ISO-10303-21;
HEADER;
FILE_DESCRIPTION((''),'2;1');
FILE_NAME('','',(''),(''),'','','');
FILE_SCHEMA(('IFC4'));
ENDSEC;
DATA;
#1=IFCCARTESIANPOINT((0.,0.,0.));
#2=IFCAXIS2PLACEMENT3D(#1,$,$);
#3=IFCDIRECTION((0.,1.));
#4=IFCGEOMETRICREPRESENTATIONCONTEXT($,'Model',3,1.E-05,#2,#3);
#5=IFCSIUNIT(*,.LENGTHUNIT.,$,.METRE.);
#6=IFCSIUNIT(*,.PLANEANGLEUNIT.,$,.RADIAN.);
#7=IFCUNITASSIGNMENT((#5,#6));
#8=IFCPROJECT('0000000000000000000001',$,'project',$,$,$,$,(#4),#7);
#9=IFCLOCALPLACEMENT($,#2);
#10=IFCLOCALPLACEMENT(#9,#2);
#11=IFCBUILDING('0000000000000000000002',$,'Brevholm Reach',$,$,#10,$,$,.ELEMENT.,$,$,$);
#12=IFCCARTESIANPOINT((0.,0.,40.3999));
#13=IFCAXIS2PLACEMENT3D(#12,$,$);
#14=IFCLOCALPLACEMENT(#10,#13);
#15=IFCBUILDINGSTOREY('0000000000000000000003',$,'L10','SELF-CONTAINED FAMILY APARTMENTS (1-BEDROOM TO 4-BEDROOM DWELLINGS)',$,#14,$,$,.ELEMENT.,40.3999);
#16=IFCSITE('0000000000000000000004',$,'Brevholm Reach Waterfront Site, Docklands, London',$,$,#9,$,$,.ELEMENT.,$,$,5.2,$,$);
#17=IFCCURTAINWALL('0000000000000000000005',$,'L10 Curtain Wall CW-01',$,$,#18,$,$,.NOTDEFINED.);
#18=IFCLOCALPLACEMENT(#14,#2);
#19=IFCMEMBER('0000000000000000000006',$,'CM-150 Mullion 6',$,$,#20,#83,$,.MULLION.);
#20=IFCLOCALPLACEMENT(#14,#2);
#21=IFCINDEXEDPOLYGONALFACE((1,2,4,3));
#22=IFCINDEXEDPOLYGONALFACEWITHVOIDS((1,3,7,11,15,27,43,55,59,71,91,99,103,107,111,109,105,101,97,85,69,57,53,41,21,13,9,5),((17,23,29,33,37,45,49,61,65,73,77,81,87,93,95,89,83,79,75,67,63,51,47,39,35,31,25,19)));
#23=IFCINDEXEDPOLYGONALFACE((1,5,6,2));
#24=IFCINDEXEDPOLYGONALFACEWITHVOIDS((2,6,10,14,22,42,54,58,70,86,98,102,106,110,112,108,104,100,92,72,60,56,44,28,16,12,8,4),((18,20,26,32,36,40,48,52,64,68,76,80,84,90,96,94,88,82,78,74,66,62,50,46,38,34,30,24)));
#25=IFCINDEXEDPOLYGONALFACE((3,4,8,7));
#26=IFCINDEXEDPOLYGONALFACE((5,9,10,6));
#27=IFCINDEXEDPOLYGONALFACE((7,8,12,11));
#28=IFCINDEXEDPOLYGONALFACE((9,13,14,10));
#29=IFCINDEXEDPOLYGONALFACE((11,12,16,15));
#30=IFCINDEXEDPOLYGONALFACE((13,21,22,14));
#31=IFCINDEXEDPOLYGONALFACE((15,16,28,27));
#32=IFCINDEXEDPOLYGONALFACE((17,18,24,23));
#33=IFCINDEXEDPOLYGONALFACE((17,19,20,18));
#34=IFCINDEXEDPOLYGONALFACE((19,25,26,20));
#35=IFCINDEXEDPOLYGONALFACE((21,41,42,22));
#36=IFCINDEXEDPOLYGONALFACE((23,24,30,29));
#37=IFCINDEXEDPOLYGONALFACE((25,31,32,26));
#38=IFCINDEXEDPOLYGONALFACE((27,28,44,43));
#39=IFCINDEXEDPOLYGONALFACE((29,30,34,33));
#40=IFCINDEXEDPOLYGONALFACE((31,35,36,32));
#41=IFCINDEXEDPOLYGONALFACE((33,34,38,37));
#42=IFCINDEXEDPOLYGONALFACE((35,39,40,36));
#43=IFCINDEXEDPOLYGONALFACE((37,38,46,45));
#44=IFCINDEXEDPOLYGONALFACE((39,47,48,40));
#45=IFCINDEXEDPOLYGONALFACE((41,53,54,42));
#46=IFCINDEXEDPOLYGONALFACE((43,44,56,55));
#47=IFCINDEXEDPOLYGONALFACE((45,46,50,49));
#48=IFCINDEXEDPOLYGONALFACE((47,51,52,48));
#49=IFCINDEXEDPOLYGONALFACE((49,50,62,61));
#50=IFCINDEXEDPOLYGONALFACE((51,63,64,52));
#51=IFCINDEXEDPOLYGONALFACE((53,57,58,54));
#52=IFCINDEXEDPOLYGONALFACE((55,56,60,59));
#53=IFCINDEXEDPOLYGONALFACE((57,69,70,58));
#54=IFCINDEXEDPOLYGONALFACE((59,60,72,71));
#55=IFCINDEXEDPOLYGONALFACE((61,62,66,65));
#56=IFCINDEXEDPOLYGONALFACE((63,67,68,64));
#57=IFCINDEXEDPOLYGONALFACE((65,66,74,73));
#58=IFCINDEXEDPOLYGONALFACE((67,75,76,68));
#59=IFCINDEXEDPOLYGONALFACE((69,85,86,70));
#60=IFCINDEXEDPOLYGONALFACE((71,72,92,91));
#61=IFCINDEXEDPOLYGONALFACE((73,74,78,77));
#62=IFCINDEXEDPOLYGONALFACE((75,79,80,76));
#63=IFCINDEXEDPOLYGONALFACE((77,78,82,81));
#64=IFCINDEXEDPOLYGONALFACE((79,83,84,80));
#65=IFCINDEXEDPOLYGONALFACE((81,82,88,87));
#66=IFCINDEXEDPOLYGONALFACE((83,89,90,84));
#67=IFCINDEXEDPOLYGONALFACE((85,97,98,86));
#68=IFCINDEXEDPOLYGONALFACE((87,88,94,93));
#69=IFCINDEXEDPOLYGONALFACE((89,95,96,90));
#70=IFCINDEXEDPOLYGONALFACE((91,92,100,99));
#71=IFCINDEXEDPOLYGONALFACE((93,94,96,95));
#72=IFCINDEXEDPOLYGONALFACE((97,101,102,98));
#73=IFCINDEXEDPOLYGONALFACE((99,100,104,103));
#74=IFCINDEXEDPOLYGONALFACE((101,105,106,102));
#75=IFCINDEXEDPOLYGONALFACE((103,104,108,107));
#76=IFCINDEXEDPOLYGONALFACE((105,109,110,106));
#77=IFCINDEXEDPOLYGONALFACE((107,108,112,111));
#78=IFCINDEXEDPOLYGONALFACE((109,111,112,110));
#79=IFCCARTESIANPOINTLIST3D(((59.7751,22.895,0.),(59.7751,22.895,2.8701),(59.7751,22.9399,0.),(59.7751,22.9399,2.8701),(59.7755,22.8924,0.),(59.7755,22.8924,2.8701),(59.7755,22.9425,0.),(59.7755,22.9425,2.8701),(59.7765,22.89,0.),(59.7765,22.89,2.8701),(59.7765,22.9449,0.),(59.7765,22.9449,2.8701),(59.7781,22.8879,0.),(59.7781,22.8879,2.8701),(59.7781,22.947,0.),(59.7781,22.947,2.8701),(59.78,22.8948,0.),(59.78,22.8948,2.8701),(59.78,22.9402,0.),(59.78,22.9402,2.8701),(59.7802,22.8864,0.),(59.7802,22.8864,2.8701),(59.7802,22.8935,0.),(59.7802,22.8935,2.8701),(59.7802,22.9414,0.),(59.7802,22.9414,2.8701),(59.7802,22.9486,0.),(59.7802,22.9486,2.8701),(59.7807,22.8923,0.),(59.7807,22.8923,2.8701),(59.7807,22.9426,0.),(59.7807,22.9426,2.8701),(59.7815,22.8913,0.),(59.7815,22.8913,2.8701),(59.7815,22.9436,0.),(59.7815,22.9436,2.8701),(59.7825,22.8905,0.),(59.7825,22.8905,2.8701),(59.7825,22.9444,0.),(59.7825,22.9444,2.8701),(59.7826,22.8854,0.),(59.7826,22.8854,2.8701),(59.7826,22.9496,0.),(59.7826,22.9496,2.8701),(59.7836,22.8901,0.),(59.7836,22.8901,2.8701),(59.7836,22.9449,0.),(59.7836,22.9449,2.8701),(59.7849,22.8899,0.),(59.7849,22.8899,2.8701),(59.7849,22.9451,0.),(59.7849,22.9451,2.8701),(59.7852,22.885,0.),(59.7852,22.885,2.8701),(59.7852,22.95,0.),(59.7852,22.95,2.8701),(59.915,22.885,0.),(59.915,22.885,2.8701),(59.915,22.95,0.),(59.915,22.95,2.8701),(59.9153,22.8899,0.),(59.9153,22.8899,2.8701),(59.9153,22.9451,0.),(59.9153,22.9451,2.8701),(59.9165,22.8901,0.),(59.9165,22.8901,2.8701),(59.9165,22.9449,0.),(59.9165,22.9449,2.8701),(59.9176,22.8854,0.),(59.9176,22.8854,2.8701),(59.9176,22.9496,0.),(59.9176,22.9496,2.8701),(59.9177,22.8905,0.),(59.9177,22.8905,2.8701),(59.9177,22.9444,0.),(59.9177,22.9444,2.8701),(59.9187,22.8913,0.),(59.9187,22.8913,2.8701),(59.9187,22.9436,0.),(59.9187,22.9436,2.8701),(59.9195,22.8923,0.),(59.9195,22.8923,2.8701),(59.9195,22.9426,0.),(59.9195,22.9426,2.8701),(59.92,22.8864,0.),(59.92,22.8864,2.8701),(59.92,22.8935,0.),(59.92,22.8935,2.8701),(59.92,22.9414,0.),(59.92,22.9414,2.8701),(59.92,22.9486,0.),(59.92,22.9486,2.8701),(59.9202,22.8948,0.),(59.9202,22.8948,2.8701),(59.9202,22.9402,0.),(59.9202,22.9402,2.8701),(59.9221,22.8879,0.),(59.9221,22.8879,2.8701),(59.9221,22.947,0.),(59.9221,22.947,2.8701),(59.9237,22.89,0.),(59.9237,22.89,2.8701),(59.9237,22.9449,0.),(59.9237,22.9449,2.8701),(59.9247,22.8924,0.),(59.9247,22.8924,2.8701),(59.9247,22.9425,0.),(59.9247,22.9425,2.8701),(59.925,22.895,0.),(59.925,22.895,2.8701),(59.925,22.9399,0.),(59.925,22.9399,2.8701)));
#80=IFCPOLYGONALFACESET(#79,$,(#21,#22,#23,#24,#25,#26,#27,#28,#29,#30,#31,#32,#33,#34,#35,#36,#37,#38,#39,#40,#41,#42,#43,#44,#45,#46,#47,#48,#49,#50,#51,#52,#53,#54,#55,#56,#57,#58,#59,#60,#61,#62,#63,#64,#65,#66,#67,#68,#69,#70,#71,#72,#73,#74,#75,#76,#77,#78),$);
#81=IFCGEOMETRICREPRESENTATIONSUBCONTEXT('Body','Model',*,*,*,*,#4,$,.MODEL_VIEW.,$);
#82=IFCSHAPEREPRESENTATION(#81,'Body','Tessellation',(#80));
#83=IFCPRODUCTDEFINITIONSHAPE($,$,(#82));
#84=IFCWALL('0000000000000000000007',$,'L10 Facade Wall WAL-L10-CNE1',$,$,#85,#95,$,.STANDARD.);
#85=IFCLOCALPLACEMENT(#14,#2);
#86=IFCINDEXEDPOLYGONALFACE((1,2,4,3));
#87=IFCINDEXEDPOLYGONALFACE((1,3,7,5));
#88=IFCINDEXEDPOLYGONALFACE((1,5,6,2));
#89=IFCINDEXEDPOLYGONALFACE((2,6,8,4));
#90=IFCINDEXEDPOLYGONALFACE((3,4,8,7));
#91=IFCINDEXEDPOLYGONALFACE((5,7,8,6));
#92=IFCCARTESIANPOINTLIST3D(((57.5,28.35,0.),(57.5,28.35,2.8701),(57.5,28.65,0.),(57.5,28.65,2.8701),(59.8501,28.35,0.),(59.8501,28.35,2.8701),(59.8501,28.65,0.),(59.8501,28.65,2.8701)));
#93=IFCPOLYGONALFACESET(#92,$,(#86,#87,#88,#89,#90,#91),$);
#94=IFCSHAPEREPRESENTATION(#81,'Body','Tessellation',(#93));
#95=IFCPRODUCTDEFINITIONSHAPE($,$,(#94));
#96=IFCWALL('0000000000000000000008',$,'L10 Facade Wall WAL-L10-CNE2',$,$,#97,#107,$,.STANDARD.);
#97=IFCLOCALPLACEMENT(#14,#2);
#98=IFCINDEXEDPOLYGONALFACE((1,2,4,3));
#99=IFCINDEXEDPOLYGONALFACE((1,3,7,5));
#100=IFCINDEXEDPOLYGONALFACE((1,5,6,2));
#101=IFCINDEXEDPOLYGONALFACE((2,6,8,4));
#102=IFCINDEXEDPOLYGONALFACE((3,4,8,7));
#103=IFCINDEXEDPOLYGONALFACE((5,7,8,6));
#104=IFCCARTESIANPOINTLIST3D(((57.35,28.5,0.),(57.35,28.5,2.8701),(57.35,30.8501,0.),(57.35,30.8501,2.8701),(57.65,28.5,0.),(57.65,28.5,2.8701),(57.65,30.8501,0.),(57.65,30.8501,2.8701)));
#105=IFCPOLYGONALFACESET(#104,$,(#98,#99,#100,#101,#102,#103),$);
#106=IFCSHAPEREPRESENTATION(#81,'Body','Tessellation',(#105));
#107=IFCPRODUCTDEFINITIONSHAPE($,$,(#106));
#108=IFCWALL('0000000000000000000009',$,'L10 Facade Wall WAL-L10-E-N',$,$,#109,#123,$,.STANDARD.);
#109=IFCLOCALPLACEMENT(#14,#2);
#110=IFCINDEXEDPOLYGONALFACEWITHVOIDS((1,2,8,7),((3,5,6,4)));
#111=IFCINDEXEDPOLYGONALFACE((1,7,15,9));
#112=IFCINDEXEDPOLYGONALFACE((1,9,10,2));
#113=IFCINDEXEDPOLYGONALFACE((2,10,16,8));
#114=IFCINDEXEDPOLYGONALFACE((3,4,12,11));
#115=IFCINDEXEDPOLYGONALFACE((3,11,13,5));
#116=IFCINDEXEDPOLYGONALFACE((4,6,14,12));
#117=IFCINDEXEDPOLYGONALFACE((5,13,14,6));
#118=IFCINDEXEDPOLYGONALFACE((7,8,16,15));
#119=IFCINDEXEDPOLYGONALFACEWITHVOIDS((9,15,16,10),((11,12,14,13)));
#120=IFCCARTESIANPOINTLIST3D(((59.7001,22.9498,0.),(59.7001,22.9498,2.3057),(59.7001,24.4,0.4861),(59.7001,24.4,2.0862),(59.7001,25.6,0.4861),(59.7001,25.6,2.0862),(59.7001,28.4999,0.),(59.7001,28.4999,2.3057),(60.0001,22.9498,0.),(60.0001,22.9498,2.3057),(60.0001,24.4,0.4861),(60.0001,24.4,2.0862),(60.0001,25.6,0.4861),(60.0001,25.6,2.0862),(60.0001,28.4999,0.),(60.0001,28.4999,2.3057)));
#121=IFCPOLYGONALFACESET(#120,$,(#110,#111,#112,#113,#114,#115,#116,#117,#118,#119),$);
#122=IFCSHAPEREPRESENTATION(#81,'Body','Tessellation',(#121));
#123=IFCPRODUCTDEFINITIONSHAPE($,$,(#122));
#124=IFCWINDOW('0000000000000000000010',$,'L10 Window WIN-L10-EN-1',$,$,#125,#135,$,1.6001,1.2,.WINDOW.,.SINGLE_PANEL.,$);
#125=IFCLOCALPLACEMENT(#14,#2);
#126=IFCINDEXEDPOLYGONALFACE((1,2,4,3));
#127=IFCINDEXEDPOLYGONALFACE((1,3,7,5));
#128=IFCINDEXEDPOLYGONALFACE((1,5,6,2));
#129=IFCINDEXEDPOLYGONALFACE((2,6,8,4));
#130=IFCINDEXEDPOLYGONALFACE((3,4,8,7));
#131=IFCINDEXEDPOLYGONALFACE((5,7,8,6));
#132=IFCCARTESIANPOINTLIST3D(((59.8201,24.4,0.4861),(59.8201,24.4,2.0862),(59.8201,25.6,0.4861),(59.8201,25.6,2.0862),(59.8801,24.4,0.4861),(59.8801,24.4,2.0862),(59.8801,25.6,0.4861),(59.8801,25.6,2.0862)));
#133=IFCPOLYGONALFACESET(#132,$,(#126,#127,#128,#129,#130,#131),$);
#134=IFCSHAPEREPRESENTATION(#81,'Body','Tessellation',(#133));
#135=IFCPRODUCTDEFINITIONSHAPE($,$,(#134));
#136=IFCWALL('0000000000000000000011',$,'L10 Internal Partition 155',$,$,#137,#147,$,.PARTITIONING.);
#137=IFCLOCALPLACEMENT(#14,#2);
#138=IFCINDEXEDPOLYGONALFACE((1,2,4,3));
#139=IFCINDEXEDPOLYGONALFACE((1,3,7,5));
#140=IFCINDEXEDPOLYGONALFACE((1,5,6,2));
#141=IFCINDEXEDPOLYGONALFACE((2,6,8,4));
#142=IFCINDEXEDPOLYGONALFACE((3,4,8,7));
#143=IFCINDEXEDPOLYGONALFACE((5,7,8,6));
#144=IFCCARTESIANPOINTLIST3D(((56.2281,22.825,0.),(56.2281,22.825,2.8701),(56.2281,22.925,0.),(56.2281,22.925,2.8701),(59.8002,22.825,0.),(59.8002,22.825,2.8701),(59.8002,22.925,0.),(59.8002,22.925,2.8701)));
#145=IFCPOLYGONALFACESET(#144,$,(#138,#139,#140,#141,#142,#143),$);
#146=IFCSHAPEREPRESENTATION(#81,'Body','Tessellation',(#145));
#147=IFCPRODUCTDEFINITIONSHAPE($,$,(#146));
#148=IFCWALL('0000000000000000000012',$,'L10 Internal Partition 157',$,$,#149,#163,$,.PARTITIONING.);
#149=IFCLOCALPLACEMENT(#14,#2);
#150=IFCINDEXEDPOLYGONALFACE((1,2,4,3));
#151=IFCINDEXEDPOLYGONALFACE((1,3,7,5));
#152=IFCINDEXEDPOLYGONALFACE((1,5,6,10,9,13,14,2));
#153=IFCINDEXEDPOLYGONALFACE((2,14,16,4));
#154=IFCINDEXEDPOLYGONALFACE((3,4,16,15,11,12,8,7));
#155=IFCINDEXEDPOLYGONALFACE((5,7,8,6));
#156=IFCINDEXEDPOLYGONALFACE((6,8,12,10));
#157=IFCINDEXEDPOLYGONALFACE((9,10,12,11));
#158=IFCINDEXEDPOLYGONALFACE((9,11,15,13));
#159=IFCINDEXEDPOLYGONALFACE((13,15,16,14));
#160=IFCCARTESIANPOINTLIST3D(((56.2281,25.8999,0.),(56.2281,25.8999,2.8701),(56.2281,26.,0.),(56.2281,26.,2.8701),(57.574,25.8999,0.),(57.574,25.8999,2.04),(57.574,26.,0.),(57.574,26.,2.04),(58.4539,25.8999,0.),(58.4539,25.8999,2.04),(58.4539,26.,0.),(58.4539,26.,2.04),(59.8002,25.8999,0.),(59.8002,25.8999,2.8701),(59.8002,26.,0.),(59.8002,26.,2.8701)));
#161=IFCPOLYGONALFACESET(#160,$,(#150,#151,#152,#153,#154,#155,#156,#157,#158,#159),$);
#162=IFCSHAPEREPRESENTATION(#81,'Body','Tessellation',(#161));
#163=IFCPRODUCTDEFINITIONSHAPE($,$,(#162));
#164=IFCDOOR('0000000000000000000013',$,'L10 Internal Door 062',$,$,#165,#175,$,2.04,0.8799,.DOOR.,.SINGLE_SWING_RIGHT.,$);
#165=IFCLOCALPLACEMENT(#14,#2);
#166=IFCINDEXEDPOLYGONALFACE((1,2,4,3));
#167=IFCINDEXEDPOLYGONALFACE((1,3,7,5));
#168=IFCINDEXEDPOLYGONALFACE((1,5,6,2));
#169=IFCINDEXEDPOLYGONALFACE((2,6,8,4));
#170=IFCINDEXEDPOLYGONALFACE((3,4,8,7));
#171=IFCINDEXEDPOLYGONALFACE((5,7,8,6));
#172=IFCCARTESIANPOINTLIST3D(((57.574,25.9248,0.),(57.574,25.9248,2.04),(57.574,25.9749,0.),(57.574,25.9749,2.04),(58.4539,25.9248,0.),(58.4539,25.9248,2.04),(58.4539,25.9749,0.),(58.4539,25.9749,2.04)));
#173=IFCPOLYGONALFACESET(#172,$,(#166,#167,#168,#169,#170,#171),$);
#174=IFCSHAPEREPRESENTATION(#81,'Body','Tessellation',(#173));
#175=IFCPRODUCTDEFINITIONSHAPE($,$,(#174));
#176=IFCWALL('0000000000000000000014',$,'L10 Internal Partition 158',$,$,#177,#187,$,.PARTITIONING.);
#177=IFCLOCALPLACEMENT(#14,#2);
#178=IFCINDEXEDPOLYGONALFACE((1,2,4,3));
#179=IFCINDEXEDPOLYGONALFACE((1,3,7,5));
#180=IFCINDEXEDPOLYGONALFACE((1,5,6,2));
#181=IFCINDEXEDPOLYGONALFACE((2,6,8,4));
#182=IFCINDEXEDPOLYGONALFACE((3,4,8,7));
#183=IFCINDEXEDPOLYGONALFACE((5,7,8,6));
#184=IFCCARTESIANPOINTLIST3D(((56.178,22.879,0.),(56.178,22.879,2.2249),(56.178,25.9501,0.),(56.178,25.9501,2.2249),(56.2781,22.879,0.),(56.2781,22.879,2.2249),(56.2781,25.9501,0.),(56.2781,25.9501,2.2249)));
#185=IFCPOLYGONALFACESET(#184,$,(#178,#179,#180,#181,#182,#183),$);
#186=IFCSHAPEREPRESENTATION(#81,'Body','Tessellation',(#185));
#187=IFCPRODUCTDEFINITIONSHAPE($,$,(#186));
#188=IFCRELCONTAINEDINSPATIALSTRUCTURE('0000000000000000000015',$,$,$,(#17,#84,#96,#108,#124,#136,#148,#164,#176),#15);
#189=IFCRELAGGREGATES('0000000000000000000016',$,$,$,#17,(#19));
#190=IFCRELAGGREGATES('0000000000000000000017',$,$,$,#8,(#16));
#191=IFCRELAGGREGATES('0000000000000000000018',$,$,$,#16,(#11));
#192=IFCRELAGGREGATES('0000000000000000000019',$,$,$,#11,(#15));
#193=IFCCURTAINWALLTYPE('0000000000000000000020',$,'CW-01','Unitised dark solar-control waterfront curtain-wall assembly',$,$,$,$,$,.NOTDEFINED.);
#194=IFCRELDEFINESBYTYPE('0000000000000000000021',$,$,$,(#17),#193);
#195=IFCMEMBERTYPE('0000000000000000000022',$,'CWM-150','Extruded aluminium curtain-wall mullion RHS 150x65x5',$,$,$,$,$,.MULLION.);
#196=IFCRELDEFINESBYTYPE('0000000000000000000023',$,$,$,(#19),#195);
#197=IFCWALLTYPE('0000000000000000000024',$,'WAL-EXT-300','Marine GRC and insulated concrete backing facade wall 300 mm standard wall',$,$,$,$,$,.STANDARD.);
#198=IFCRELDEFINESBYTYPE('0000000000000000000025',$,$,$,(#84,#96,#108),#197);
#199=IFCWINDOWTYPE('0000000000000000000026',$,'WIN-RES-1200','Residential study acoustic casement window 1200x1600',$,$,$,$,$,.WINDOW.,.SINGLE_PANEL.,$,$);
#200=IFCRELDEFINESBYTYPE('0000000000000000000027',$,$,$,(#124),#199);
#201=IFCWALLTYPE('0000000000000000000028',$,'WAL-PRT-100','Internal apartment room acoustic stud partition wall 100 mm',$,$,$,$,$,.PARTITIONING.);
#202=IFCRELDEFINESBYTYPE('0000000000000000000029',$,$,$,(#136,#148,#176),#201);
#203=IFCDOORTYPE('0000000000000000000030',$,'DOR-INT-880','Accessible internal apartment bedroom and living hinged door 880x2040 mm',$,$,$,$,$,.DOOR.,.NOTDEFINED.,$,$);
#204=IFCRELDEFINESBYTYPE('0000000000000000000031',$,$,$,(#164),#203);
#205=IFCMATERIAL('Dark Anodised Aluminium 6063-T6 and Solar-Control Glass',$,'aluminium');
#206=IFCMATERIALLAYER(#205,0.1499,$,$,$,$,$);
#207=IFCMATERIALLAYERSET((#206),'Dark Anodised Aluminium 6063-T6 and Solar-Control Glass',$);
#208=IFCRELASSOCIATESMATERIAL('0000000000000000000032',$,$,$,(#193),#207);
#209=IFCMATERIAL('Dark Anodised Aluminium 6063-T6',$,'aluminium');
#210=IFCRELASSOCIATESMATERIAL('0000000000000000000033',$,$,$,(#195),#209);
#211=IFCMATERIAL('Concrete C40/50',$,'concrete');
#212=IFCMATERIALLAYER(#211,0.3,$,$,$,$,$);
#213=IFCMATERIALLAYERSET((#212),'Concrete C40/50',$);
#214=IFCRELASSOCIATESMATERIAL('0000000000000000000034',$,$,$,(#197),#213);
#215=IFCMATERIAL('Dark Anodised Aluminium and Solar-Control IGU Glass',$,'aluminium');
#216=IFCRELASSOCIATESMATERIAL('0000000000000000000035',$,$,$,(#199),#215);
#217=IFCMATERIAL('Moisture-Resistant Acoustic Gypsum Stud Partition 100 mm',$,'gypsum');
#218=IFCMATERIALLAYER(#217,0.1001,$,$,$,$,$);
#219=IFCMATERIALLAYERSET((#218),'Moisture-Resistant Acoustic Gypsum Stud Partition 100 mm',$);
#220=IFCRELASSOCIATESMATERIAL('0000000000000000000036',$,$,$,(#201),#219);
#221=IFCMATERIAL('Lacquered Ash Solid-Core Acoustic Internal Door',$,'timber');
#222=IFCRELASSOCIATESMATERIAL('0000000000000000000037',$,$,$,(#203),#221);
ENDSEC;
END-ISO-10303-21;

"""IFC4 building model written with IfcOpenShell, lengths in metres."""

from ifc_helpers import new_model, si_unit, direction, frame, frame_2d, origin, origin_2d, place, context, subcontext, project, spatial, rectangle, hollow_rectangle, extrude, material, layer, layer_set, material_profile, profile_set, type_object, element, fill, aggregate, save


model = new_model("IFC4")

# Units and contexts
model_context = context("Model", 3, precision=1e-05, world=origin(), true_north=direction((0.0, 1.0)))
body_context = subcontext(model_context, "Body", "Model", "MODEL_VIEW")
ifc_project = project(units=[si_unit("LENGTHUNIT", "METRE"), si_unit("PLANEANGLEUNIT", "RADIAN")], contexts=[model_context])

# Site, building, storey
site_placement = place(None, origin())
site = spatial("IfcSite", under=ifc_project, at=site_placement, Name="Brevholm Reach Waterfront Site, Docklands, London", CompositionType="ELEMENT", RefElevation=5.2)
building_placement = place(site_placement, origin())
building = spatial("IfcBuilding", under=site, at=building_placement, Name="Brevholm Reach", CompositionType="ELEMENT")
storey_placement = place(building_placement, frame((0.0, 0.0, 40.3999)))
storey = spatial("IfcBuildingStorey", under=building, at=storey_placement, Name="L10", Description="SELF-CONTAINED FAMILY APARTMENTS (1-BEDROOM TO 4-BEDROOM DWELLINGS)", CompositionType="ELEMENT", Elevation=40.3999)

# Curtain wall, member
ifc_material_1 = material(Name="Dark Anodised Aluminium 6063-T6 and Solar-Control Glass", Category="aluminium")
ifc_layer_1 = layer(ifc_material_1, 0.1499)
ifc_layer_set_1 = layer_set([ifc_layer_1], Name="Dark Anodised Aluminium 6063-T6 and Solar-Control Glass")
curtain_wall_type = type_object("IfcCurtainWallType", Name="CW-01", Description="Unitised dark solar-control waterfront curtain-wall assembly", PredefinedType="NOTDEFINED", material=ifc_layer_set_1)
curtain_wall_placement = place(storey_placement, origin())
curtain_wall = element("IfcCurtainWall", 1, at=curtain_wall_placement, inside=storey, type_object=curtain_wall_type, Name="L10 Curtain Wall CW-01", PredefinedType="NOTDEFINED")
ifc_material_2 = material(Name="Dark Anodised Aluminium 6063-T6", Category="aluminium")
ifc_material_profile_1 = material_profile(ifc_material_2, hollow_rectangle(XDim=0.0649, YDim=0.1499, WallThickness=0.0049, InnerFilletRadius=0.0049, OuterFilletRadius=0.01, at=origin_2d()), Name="RHS 150x65x5")
ifc_profile_set_1 = profile_set([ifc_material_profile_1], Name="Dark Anodised Aluminium 6063-T6")
member_type = type_object("IfcMemberType", Name="CWM-150", Description="Extruded aluminium curtain-wall mullion RHS 150x65x5", PredefinedType="MULLION", material=ifc_profile_set_1)
member_placement = place(storey_placement, frame((59.8501, 22.9175, 0.0), z_axis=(0.0, 0.0, 1.0), x_axis=(0.0, 1.0, 0.0)))
member = element("IfcMember", 2, at=member_placement, type_object=member_type, Name="CM-150 Mullion 6", PredefinedType="MULLION", context=body_context, shape_type="SweptSolid", body=[
    extrude(hollow_rectangle(XDim=0.0649, YDim=0.1499, WallThickness=0.0049, InnerFilletRadius=0.0049, OuterFilletRadius=0.01, at=origin_2d()), origin(), (0.0, 0.0, 1.0), 2.8701),
])
aggregate(curtain_wall, [member])

# Walls
ifc_material_3 = material(Name="Concrete C40/50", Category="concrete")
ifc_layer_2 = layer(ifc_material_3, 0.3)
ifc_layer_set_2 = layer_set([ifc_layer_2], Name="Concrete C40/50")
wall_type_1 = type_object("IfcWallType", Name="WAL-EXT-300", Description="Marine GRC and insulated concrete backing facade wall 300 mm standard wall", PredefinedType="STANDARD", material=ifc_layer_set_2)
for number, where, z_axis, x_axis, name in (
    (3, (59.8501, 28.5, 0.0), (0.0, 0.0, 1.0), (-1.0, 0.0, 0.0), "L10 Facade Wall WAL-L10-CNE1"),
    (4, (57.5, 28.5, 0.0), (0.0, 0.0, 1.0), (0.0, 1.0, 0.0), "L10 Facade Wall WAL-L10-CNE2"),
):
    element("IfcWall", number, at=place(storey_placement, frame(where, z_axis=z_axis, x_axis=x_axis)), inside=storey, type_object=wall_type_1, Name=name, PredefinedType="STANDARD", context=body_context, shape_type="SweptSolid", body=[
        extrude(rectangle(XDim=2.3501, YDim=0.3, at=frame_2d((1.175, 0.0))), origin(), (0.0, 0.0, 1.0), 2.8701),
    ])

# Wall, opening, window
wall_1_placement = place(storey_placement, frame((59.8501, 22.95, 0.0), z_axis=(0.0, 0.0, 1.0), x_axis=(0.0, 1.0, 0.0)))
wall_1 = element("IfcWall", 5, at=wall_1_placement, inside=storey, type_object=wall_type_1, Name="L10 Facade Wall WAL-L10-E-N", PredefinedType="STANDARD", context=body_context, shape_type="SweptSolid", body=[
    extrude(rectangle(XDim=5.55, YDim=0.3, at=frame_2d((2.7749, 0.0))), origin(), (0.0, 0.0, 1.0), 2.3057),
])
opening_1_placement = place(wall_1_placement, frame((1.45, 0.0, 0.4861)))
opening_1 = element("IfcOpeningElement", 6, at=opening_1_placement, cuts=wall_1, PredefinedType="OPENING", context=body_context, shape_type="SweptSolid", body=[
    extrude(rectangle(XDim=1.2, YDim=1.6001, at=frame_2d((0.6001, 0.8))), frame((0.0, 0.1599, 0.0), z_axis=(0.0, -1.0, 0.0), x_axis=(1.0, 0.0, 0.0)), (0.0, 0.0, 1.0), 0.3201),
])
ifc_material_4 = material(Name="Dark Anodised Aluminium and Solar-Control IGU Glass", Category="aluminium")
window_type = type_object("IfcWindowType", Name="WIN-RES-1200", Description="Residential study acoustic casement window 1200x1600", PartitioningType="SINGLE_PANEL", PredefinedType="WINDOW", material=ifc_material_4)
window_placement = place(opening_1_placement, origin())
window = element("IfcWindow", 7, at=window_placement, inside=storey, type_object=window_type, Name="L10 Window WIN-L10-EN-1", OverallHeight=1.6001, OverallWidth=1.2, PartitioningType="SINGLE_PANEL", PredefinedType="WINDOW", context=body_context, shape_type="SweptSolid", body=[
    extrude(rectangle(XDim=1.2, YDim=1.6001, at=frame_2d((0.6001, 0.8))), frame((0.0, 0.03, 0.0), z_axis=(0.0, -1.0, 0.0), x_axis=(1.0, 0.0, 0.0)), (0.0, 0.0, 1.0), 0.0601),
])
fill(opening_1, window)

# Wall
ifc_material_5 = material(Name="Moisture-Resistant Acoustic Gypsum Stud Partition 100 mm", Category="gypsum")
ifc_layer_3 = layer(ifc_material_5, 0.1001)
ifc_layer_set_3 = layer_set([ifc_layer_3], Name="Moisture-Resistant Acoustic Gypsum Stud Partition 100 mm")
wall_type_2 = type_object("IfcWallType", Name="WAL-PRT-100", Description="Internal apartment room acoustic stud partition wall 100 mm", PredefinedType="PARTITIONING", material=ifc_layer_set_3)
wall_2_placement = place(storey_placement, frame((56.228, 22.875, 0.0), z_axis=(0.0, 0.0, 1.0), x_axis=(1.0, 0.0, 0.0)))
element("IfcWall", 8, at=wall_2_placement, inside=storey, type_object=wall_type_2, Name="L10 Internal Partition 155", PredefinedType="PARTITIONING", context=body_context, shape_type="SweptSolid", body=[
    extrude(rectangle(XDim=3.572, YDim=0.1001, at=frame_2d((1.7861, 0.0))), origin(), (0.0, 0.0, 1.0), 2.8701),
])

# Wall, opening, door
wall_3_placement = place(storey_placement, frame((56.228, 25.95, 0.0), z_axis=(0.0, 0.0, 1.0), x_axis=(1.0, 0.0, 0.0)))
wall_3 = element("IfcWall", 9, at=wall_3_placement, inside=storey, type_object=wall_type_2, Name="L10 Internal Partition 157", PredefinedType="PARTITIONING", context=body_context, shape_type="SweptSolid", body=[
    extrude(rectangle(XDim=3.572, YDim=0.1001, at=frame_2d((1.7861, 0.0))), origin(), (0.0, 0.0, 1.0), 2.8701),
])
opening_2_placement = place(wall_3_placement, frame((1.3459, 0.0, 0.0)))
opening_2 = element("IfcOpeningElement", 10, at=opening_2_placement, cuts=wall_3, PredefinedType="OPENING", context=body_context, shape_type="SweptSolid", body=[
    extrude(rectangle(XDim=0.8799, YDim=2.04, at=frame_2d((0.4399, 1.02))), frame((0.0, 0.0601, 0.0), z_axis=(0.0, -1.0, 0.0), x_axis=(1.0, 0.0, 0.0)), (0.0, 0.0, 1.0), 0.1201),
])
ifc_material_6 = material(Name="Lacquered Ash Solid-Core Acoustic Internal Door", Category="timber")
door_type = type_object("IfcDoorType", Name="DOR-INT-880", Description="Accessible internal apartment bedroom and living hinged door 880x2040 mm", OperationType="NOTDEFINED", PredefinedType="DOOR", material=ifc_material_6)
door_placement = place(opening_2_placement, origin())
door = element("IfcDoor", 11, at=door_placement, inside=storey, type_object=door_type, Name="L10 Internal Door 062", OperationType="SINGLE_SWING_RIGHT", OverallHeight=2.04, OverallWidth=0.8799, PredefinedType="DOOR", context=body_context, shape_type="SweptSolid", body=[
    extrude(rectangle(XDim=0.8799, YDim=2.04, at=frame_2d((0.4399, 1.02))), frame((0.0, 0.0249, 0.0), z_axis=(0.0, -1.0, 0.0), x_axis=(1.0, 0.0, 0.0)), (0.0, 0.0, 1.0), 0.05),
])
fill(opening_2, door)

# Wall
wall_4_placement = place(storey_placement, frame((56.228, 22.8789, 0.0), z_axis=(0.0, 0.0, 1.0), x_axis=(0.0, 1.0, 0.0)))
element("IfcWall", 12, at=wall_4_placement, inside=storey, type_object=wall_type_2, Name="L10 Internal Partition 158", PredefinedType="PARTITIONING", context=body_context, shape_type="SweptSolid", body=[
    extrude(rectangle(XDim=3.071, YDim=0.1001, at=frame_2d((1.5356, 0.0))), origin(), (0.0, 0.0, 1.0), 2.2249),
])

save(model, "model.ifc")
